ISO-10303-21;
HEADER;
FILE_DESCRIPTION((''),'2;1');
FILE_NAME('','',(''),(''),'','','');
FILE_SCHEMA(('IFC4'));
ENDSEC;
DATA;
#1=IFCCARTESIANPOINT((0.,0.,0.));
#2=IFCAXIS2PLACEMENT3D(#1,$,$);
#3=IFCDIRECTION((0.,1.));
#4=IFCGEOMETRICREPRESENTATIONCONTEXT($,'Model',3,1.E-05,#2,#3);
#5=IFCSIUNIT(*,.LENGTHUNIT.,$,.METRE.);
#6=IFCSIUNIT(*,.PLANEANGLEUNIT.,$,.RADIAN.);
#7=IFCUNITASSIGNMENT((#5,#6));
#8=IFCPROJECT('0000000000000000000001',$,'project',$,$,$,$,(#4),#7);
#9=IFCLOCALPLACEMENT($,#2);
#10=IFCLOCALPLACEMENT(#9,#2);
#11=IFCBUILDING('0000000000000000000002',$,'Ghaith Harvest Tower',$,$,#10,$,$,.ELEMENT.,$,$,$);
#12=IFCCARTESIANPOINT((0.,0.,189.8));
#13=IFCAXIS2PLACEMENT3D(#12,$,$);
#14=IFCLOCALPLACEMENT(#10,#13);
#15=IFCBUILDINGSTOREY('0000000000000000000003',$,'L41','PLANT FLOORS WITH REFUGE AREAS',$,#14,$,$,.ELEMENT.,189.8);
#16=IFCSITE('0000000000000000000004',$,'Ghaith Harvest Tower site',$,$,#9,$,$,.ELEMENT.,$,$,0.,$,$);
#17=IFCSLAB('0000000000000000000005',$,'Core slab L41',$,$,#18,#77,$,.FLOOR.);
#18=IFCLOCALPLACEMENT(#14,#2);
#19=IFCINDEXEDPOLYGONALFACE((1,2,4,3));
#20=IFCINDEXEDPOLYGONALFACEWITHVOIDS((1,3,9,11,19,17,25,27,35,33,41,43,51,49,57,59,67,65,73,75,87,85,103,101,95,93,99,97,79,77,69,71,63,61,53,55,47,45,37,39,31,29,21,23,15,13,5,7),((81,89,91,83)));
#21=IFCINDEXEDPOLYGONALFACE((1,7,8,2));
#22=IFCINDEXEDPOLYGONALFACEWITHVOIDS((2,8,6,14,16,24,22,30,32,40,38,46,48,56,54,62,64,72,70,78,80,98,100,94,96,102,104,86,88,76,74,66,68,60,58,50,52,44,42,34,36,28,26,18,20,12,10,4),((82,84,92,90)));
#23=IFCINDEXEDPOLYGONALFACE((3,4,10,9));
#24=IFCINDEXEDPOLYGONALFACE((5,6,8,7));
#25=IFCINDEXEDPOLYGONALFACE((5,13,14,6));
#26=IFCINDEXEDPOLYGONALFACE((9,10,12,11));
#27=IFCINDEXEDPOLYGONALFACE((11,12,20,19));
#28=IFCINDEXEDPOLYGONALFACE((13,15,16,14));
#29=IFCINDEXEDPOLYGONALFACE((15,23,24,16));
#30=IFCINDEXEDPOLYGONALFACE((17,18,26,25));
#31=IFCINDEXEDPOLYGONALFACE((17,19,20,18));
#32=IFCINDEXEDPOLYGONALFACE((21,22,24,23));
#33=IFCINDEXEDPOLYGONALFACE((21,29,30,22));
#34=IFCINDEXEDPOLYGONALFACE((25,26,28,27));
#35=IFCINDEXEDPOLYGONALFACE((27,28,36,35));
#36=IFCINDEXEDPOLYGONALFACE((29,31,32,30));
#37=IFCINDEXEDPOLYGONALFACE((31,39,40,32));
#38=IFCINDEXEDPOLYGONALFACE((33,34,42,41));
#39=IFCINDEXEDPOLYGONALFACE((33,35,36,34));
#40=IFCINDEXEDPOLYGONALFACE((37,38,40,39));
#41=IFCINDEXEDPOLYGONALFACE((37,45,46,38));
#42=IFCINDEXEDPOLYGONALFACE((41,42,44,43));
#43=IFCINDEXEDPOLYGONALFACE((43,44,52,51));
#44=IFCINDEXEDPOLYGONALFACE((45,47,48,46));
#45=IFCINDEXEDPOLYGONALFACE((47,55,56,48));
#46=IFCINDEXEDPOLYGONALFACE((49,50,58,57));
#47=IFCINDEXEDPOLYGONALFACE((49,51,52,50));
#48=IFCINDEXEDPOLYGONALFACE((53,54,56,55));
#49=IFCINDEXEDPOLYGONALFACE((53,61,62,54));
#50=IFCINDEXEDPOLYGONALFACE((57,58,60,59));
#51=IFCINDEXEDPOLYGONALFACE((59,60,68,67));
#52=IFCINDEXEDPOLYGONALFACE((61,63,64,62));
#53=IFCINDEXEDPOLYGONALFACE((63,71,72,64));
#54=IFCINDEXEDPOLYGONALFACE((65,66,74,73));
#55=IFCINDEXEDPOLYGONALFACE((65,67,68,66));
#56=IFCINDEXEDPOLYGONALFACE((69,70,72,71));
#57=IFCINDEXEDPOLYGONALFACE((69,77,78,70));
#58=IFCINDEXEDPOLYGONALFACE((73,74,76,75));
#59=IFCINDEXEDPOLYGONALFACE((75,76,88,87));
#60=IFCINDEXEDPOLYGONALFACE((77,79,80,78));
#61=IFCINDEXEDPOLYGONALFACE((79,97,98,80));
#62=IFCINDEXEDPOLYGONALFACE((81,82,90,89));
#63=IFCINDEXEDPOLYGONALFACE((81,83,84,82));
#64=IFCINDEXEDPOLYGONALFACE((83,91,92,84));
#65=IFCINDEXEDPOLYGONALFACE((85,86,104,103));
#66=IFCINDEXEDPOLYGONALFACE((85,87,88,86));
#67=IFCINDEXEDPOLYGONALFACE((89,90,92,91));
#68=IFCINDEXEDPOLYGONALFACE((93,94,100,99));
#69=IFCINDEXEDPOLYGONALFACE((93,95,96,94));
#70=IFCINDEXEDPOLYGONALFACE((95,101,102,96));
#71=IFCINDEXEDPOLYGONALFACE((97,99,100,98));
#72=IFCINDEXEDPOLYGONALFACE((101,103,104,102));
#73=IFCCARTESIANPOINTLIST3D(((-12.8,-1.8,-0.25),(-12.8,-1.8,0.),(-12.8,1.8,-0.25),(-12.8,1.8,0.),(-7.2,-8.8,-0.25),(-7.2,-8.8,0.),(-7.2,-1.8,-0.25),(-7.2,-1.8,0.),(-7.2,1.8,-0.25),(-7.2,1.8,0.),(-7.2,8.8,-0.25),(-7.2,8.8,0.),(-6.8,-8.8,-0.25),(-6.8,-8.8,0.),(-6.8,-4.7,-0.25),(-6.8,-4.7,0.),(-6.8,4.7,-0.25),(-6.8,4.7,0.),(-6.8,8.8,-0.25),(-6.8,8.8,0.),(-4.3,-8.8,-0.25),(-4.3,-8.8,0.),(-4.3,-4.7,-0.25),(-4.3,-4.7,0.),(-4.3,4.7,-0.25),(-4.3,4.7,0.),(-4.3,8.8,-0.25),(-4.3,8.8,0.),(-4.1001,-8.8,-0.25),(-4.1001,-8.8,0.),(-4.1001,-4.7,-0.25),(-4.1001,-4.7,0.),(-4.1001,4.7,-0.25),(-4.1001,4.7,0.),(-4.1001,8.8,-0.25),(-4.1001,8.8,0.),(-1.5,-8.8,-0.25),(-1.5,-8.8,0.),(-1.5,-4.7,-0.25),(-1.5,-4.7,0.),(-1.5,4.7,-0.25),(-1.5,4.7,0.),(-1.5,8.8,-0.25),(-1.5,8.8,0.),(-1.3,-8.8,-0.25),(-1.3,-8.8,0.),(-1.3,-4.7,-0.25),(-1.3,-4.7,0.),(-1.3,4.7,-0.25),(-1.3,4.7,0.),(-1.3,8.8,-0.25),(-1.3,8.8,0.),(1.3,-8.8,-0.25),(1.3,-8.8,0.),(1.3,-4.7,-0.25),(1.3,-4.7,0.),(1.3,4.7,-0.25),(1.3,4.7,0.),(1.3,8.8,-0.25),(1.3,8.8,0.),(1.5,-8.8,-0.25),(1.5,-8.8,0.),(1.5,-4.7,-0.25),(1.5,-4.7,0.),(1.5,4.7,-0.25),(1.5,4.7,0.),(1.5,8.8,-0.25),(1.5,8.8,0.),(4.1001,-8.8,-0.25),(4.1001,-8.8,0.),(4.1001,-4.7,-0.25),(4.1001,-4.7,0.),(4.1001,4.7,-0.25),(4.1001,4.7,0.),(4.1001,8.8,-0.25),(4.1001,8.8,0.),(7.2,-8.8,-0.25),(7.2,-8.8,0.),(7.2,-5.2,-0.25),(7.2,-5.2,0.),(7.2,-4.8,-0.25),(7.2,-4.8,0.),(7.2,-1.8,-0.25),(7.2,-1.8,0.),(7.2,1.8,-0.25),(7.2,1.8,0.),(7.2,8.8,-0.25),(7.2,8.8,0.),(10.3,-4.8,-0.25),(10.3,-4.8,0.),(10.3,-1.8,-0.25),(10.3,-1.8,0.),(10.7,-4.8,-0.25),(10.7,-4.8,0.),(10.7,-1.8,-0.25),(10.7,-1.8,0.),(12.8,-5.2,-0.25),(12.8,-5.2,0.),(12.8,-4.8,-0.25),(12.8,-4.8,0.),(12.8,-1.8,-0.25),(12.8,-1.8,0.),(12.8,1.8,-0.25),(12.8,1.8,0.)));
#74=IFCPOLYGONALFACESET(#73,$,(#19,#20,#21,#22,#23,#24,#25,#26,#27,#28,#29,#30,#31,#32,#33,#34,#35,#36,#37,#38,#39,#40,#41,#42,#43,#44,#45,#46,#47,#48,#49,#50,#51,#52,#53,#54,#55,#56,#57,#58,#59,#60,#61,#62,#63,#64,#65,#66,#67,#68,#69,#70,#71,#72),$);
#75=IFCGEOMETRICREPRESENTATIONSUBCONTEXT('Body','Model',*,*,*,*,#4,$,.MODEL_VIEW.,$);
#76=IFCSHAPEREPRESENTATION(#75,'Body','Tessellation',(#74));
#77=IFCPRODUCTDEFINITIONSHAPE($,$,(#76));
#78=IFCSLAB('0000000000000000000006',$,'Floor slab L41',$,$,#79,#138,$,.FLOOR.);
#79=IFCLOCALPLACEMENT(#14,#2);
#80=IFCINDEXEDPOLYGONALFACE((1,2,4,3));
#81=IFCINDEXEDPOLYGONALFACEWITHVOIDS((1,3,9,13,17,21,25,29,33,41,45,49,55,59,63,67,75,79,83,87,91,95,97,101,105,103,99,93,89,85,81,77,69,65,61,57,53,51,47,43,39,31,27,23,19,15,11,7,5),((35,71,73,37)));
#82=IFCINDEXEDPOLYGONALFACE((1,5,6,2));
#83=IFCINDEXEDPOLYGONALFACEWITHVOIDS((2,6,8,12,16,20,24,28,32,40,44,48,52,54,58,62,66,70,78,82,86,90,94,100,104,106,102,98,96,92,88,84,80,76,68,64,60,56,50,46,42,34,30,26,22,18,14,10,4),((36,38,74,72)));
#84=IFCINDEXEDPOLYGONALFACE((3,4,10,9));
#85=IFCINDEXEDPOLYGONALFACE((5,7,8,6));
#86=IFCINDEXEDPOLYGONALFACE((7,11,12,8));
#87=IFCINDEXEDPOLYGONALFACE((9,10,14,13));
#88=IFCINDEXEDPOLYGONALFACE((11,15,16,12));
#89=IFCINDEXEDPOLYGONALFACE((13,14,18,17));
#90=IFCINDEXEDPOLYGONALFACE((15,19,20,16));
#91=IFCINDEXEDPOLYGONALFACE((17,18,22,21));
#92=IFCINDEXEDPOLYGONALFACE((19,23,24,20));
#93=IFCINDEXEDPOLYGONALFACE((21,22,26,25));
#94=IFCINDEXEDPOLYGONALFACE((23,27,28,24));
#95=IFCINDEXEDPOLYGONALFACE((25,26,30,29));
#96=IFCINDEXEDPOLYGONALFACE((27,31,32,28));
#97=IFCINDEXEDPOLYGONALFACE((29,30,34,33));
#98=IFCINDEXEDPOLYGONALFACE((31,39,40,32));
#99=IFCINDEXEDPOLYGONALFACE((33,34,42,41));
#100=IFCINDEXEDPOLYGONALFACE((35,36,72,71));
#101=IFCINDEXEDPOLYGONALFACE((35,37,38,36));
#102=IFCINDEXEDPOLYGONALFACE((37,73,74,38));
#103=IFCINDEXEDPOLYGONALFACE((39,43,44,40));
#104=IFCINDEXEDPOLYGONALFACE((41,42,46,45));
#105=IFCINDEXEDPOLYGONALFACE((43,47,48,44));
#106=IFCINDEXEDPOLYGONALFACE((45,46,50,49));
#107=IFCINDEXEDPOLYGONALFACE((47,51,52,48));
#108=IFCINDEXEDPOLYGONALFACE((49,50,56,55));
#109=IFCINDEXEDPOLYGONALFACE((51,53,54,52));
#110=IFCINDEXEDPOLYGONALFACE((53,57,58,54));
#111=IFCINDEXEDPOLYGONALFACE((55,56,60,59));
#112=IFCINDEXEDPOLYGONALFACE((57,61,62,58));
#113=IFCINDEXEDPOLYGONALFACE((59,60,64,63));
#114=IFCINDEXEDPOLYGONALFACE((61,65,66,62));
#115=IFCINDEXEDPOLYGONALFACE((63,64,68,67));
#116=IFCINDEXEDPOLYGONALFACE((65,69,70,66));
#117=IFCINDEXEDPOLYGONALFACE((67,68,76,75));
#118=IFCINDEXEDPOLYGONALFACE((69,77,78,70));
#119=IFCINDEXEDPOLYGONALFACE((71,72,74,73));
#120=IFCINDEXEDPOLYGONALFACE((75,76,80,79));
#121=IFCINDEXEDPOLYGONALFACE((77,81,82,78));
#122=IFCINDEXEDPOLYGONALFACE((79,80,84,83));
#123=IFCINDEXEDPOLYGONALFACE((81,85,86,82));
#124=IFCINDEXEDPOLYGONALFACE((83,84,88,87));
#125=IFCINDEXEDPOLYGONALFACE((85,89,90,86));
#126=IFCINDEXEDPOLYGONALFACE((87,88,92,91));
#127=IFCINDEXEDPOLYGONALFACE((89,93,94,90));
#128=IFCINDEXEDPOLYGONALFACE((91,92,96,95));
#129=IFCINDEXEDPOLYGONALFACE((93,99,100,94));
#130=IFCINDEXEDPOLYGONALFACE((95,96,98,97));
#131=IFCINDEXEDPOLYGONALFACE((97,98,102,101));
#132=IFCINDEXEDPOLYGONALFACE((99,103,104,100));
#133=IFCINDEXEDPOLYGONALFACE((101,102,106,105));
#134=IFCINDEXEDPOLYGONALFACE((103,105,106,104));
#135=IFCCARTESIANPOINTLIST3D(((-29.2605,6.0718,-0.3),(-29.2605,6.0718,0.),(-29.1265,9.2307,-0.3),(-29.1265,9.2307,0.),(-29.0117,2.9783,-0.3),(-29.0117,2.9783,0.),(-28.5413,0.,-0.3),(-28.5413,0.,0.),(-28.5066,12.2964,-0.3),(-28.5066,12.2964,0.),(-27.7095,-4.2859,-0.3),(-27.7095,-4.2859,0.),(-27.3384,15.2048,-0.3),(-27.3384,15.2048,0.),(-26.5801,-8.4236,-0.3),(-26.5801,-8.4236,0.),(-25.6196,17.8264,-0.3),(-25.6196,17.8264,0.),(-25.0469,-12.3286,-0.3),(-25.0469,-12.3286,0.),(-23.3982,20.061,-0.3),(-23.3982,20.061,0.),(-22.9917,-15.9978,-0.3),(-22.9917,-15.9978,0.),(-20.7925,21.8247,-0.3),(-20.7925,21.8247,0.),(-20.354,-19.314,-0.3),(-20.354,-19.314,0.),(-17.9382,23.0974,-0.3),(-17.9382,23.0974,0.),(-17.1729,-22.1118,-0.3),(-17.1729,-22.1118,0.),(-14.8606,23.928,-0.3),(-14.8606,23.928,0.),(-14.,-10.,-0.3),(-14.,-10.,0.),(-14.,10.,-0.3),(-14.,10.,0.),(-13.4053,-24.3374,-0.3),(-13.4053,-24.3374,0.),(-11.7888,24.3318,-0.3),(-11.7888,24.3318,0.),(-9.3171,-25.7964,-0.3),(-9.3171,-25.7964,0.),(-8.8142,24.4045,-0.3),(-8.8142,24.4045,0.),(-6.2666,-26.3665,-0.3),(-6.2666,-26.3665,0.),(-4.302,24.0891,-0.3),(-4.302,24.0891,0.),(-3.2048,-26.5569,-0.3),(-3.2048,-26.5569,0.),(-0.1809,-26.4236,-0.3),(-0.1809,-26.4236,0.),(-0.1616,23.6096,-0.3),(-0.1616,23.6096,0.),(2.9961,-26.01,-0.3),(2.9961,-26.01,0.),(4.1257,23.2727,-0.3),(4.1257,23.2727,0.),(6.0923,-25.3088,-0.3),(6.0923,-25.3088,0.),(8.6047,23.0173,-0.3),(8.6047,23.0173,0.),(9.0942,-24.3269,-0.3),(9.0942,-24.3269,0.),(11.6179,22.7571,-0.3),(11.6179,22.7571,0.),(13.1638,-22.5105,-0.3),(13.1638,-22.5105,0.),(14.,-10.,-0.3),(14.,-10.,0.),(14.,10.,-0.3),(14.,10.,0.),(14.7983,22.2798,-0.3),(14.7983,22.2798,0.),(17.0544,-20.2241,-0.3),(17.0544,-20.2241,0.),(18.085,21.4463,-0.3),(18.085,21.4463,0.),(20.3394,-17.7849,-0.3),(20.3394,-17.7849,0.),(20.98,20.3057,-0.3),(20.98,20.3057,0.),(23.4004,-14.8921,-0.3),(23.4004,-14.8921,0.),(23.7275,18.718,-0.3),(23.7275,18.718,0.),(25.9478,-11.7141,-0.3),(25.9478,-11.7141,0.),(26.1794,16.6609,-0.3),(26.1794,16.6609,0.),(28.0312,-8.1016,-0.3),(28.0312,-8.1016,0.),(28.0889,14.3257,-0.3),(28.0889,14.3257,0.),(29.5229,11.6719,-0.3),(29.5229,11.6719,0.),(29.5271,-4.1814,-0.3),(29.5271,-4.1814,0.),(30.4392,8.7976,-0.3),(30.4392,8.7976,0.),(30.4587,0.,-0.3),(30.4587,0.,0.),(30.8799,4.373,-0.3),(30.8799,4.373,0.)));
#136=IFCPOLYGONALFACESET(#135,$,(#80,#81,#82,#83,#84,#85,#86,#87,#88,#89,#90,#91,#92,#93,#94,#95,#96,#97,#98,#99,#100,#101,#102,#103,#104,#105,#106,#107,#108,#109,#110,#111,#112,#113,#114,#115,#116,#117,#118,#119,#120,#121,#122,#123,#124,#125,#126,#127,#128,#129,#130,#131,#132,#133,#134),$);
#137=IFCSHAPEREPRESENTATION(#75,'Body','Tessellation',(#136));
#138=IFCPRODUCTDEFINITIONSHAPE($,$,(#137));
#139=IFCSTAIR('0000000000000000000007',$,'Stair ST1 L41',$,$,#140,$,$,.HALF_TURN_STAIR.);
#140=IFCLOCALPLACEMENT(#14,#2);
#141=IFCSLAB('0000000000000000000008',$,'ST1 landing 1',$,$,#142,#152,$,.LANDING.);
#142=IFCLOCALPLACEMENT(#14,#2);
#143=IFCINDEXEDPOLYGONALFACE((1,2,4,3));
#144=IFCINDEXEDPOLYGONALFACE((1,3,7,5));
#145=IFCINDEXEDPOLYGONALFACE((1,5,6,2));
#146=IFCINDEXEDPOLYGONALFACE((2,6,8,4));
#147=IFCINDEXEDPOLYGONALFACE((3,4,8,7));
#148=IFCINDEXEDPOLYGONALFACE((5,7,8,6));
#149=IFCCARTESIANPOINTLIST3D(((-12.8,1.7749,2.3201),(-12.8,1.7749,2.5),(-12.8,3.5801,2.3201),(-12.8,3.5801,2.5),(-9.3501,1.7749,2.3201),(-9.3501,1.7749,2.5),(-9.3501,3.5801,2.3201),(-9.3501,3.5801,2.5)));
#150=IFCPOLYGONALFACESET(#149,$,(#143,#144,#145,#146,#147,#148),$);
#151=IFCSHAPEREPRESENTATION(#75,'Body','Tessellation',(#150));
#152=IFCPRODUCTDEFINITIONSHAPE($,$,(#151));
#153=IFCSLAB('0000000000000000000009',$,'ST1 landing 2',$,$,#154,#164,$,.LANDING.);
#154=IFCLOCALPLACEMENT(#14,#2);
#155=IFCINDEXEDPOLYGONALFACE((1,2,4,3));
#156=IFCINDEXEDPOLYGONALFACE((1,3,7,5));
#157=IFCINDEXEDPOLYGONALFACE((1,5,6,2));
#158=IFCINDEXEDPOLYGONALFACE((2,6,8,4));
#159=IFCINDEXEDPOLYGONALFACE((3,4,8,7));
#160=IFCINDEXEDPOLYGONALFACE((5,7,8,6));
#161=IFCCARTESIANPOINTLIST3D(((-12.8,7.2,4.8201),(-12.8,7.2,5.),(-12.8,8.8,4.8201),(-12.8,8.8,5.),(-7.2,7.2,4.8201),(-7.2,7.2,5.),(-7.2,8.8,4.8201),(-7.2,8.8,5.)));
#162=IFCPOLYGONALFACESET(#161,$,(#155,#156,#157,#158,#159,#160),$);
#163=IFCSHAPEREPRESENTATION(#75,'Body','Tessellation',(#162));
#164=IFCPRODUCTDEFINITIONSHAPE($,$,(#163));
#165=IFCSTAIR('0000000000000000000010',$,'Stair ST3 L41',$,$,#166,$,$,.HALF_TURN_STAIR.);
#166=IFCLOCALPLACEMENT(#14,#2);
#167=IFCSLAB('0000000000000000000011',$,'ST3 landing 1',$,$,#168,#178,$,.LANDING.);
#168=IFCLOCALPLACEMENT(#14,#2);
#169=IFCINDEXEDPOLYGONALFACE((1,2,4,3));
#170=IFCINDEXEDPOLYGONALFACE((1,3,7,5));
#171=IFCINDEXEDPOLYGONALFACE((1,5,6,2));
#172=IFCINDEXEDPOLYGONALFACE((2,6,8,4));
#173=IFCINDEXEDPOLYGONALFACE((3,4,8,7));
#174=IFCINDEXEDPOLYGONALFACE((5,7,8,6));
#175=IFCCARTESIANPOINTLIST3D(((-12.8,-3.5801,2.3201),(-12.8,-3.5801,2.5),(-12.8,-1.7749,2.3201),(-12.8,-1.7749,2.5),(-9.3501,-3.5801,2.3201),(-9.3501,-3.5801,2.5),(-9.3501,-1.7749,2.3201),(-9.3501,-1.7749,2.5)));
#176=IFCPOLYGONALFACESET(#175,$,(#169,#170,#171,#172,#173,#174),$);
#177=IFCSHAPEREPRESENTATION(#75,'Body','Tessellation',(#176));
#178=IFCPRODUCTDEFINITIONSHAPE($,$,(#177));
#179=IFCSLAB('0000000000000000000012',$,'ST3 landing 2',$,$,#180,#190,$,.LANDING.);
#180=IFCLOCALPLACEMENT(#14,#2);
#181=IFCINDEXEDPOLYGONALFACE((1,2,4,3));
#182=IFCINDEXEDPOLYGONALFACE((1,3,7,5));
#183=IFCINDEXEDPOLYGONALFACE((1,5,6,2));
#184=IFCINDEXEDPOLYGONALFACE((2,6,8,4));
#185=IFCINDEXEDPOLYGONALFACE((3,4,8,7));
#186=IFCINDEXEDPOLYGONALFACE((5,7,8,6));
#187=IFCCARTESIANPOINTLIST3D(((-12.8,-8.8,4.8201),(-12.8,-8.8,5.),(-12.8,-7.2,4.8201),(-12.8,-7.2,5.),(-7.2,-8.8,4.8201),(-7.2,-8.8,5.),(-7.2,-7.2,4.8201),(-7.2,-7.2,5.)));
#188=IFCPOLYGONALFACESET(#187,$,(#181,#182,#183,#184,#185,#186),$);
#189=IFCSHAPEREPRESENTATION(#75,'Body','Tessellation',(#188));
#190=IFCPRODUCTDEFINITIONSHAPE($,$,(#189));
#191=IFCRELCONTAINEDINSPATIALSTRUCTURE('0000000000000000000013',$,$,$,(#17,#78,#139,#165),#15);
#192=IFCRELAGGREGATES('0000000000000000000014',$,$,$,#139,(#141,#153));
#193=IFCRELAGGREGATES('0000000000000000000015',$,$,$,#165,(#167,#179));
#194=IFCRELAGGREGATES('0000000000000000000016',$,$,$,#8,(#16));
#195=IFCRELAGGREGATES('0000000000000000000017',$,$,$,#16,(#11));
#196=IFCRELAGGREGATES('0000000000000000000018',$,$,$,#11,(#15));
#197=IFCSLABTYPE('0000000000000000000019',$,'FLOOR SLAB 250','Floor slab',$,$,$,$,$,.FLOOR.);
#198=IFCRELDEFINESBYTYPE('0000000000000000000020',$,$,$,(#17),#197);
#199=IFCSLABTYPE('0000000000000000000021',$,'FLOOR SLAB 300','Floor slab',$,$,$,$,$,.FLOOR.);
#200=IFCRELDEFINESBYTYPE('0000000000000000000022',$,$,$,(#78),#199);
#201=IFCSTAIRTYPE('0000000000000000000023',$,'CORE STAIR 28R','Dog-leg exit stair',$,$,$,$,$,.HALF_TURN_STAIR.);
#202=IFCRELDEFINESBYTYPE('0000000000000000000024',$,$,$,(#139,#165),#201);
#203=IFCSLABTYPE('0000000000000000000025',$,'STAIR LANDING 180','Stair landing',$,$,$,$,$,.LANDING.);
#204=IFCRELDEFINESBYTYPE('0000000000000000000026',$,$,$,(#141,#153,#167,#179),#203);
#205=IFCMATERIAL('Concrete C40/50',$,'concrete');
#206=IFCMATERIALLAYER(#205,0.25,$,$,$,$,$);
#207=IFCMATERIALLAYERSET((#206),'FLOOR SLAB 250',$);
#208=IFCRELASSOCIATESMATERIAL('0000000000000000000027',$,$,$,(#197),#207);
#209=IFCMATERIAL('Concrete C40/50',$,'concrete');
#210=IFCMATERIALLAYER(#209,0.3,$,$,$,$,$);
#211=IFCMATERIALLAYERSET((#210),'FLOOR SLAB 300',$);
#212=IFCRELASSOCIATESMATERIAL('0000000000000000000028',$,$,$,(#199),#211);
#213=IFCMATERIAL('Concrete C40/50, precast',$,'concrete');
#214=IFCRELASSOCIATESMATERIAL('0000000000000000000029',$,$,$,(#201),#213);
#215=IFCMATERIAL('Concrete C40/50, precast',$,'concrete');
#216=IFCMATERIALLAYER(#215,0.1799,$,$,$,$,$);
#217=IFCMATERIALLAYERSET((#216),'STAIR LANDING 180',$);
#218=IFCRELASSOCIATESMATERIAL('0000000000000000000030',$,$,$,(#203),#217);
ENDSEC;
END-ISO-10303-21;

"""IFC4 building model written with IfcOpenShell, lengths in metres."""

from ifc_helpers import new_model, si_unit, direction, frame, origin, place, context, subcontext, project, spatial, polyline, outline, extrude, material, layer, layer_set, type_object, element, aggregate, save


model = new_model("IFC4")

# Units and contexts
model_context = context("Model", 3, precision=1e-05, world=origin(), true_north=direction((0.0, 1.0)))
body_context = subcontext(model_context, "Body", "Model", "MODEL_VIEW")
ifc_project = project(units=[si_unit("LENGTHUNIT", "METRE"), si_unit("PLANEANGLEUNIT", "RADIAN")], contexts=[model_context])

# Site, building, storey
site_placement = place(None, origin())
site = spatial("IfcSite", under=ifc_project, at=site_placement, Name="Ghaith Harvest Tower site", CompositionType="ELEMENT", RefElevation=0.0)
building_placement = place(site_placement, origin())
building = spatial("IfcBuilding", under=site, at=building_placement, Name="Ghaith Harvest Tower", CompositionType="ELEMENT")
storey_placement = place(building_placement, frame((0.0, 0.0, 189.8)))
storey = spatial("IfcBuildingStorey", under=building, at=storey_placement, Name="L41", Description="PLANT FLOORS WITH REFUGE AREAS", CompositionType="ELEMENT", Elevation=189.8)

# Slabs
ifc_material_1 = material(Name="Concrete C40/50", Category="concrete")
ifc_layer_1 = layer(ifc_material_1, 0.25)
ifc_layer_set_1 = layer_set([ifc_layer_1], Name="FLOOR SLAB 250")
slab_type_1 = type_object("IfcSlabType", Name="FLOOR SLAB 250", Description="Floor slab", PredefinedType="FLOOR", material=ifc_layer_set_1)
slab_1_placement = place(storey_placement, frame((0.0, 0.0, -0.25)))
element("IfcSlab", 1, at=slab_1_placement, inside=storey, type_object=slab_type_1, Name="Core slab L41", PredefinedType="FLOOR", context=body_context, shape_type="SweptSolid", body=[
    extrude(outline(polyline([(-12.8, 1.8), (-7.2, 1.8), (-7.2, 8.8), (-6.8, 8.8), (-6.8, 4.7), (-4.3, 4.7), (-4.3, 8.8), (-4.1001, 8.8), (-4.1001, 4.7), (-1.5, 4.7), (-1.5, 8.8), (-1.3, 8.8), (-1.3, 4.7), (1.3, 4.7), (1.3, 8.8), (1.5, 8.8), (1.5, 4.7), (4.1001, 4.7), (4.1001, 8.8), (7.2, 8.8), (7.2, 1.8), (12.8, 1.8), (12.8, -1.8), (10.7, -1.8), (10.7, -4.8), (12.8, -4.8), (12.8, -5.2), (7.2, -5.2), (7.2, -8.8), (4.1001, -8.8), (4.1001, -4.7), (1.5, -4.7), (1.5, -8.8), (1.3, -8.8), (1.3, -4.7), (-1.3, -4.7), (-1.3, -8.8), (-1.5, -8.8), (-1.5, -4.7), (-4.1001, -4.7), (-4.1001, -8.8), (-4.3, -8.8), (-4.3, -4.7), (-6.8, -4.7), (-6.8, -8.8), (-7.2, -8.8), (-7.2, -1.8), (-12.8, -1.8), (-12.8, 1.8)]), holes=[polyline([(10.3, -4.8), (10.3, -1.8), (7.2, -1.8), (7.2, -4.8), (10.3, -4.8)])]), origin(), (0.0, 0.0, 1.0), 0.25),
])
ifc_material_2 = material(Name="Concrete C40/50", Category="concrete")
ifc_layer_2 = layer(ifc_material_2, 0.3)
ifc_layer_set_2 = layer_set([ifc_layer_2], Name="FLOOR SLAB 300")
slab_type_2 = type_object("IfcSlabType", Name="FLOOR SLAB 300", Description="Floor slab", PredefinedType="FLOOR", material=ifc_layer_set_2)
slab_2_placement = place(storey_placement, frame((0.0, 0.0, -0.3)))
element("IfcSlab", 2, at=slab_2_placement, inside=storey, type_object=slab_type_2, Name="Floor slab L41", PredefinedType="FLOOR", context=body_context, shape_type="SweptSolid", body=[
    extrude(outline(polyline([(30.4587, 0.0), (30.8799, 4.373), (30.4392, 8.7976), (29.5229, 11.6719), (28.0889, 14.3257), (26.1794, 16.6609), (23.7275, 18.718), (20.98, 20.3057), (18.085, 21.4463), (14.7983, 22.2798), (11.6179, 22.7571), (8.6047, 23.0173), (4.1257, 23.2727), (-0.1616, 23.6096), (-4.302, 24.0891), (-8.8142, 24.4045), (-11.7888, 24.3318), (-14.8606, 23.928), (-17.9382, 23.0974), (-20.7925, 21.8247), (-23.3982, 20.061), (-25.6196, 17.8264), (-27.3384, 15.2048), (-28.5066, 12.2964), (-29.1265, 9.2307), (-29.2605, 6.0718), (-29.0117, 2.9783), (-28.5413, 0.0), (-27.7095, -4.2859), (-26.5801, -8.4236), (-25.0469, -12.3286), (-22.9917, -15.9978), (-20.354, -19.314), (-17.1729, -22.1118), (-13.4053, -24.3374), (-9.3171, -25.7964), (-6.2666, -26.3665), (-3.2048, -26.5569), (-0.1809, -26.4236), (2.9961, -26.01), (6.0923, -25.3088), (9.0942, -24.3269), (13.1638, -22.5105), (17.0544, -20.2241), (20.3394, -17.7849), (23.4004, -14.8921), (25.9478, -11.7141), (28.0312, -8.1016), (29.5271, -4.1814), (30.4587, 0.0)]), holes=[polyline([(-14.0, -10.0), (14.0, -10.0), (14.0, 10.0), (-14.0, 10.0), (-14.0, -10.0)])]), origin(), (0.0, 0.0, 1.0), 0.3),
])

# Stairs, slabs
ifc_material_3 = material(Name="Concrete C40/50, precast", Category="concrete")
stair_type = type_object("IfcStairType", Name="CORE STAIR 28R", Description="Dog-leg exit stair", PredefinedType="HALF_TURN_STAIR", material=ifc_material_3)
stair_1_placement = place(storey_placement, origin())
stair_1 = element("IfcStair", 3, at=stair_1_placement, inside=storey, type_object=stair_type, Name="Stair ST1 L41", PredefinedType="HALF_TURN_STAIR")
ifc_material_4 = material(Name="Concrete C40/50, precast", Category="concrete")
ifc_layer_3 = layer(ifc_material_4, 0.1799)
ifc_layer_set_3 = layer_set([ifc_layer_3], Name="STAIR LANDING 180")
slab_type_3 = type_object("IfcSlabType", Name="STAIR LANDING 180", Description="Stair landing", PredefinedType="LANDING", material=ifc_layer_set_3)
slab_3_placement = place(storey_placement, frame((0.0, 0.0, 2.3201)))
slab_3 = element("IfcSlab", 4, at=slab_3_placement, type_object=slab_type_3, Name="ST1 landing 1", PredefinedType="LANDING", context=body_context, shape_type="SweptSolid", body=[
    extrude(outline(polyline([(-12.8, 3.5801), (-12.8, 1.7749), (-9.3501, 1.7749), (-9.3501, 3.5801), (-12.8, 3.5801)])), origin(), (0.0, 0.0, 1.0), 0.1799),
])
slab_4_placement = place(storey_placement, frame((0.0, 0.0, 4.8201)))
slab_4 = element("IfcSlab", 5, at=slab_4_placement, type_object=slab_type_3, Name="ST1 landing 2", PredefinedType="LANDING", context=body_context, shape_type="SweptSolid", body=[
    extrude(outline(polyline([(-12.8, 8.8), (-12.8, 7.2), (-7.2, 7.2), (-7.2, 8.8), (-12.8, 8.8)])), origin(), (0.0, 0.0, 1.0), 0.1799),
])
aggregate(stair_1, [slab_3, slab_4])
stair_2_placement = place(storey_placement, origin())
stair_2 = element("IfcStair", 6, at=stair_2_placement, inside=storey, type_object=stair_type, Name="Stair ST3 L41", PredefinedType="HALF_TURN_STAIR")
slab_5_placement = place(storey_placement, frame((0.0, 0.0, 2.3201)))
slab_5 = element("IfcSlab", 7, at=slab_5_placement, type_object=slab_type_3, Name="ST3 landing 1", PredefinedType="LANDING", context=body_context, shape_type="SweptSolid", body=[
    extrude(outline(polyline([(-12.8, -3.5801), (-12.8, -1.7749), (-9.3501, -1.7749), (-9.3501, -3.5801), (-12.8, -3.5801)])), origin(), (0.0, 0.0, 1.0), 0.1799),
])
slab_6_placement = place(storey_placement, frame((0.0, 0.0, 4.8201)))
slab_6 = element("IfcSlab", 8, at=slab_6_placement, type_object=slab_type_3, Name="ST3 landing 2", PredefinedType="LANDING", context=body_context, shape_type="SweptSolid", body=[
    extrude(outline(polyline([(-12.8, -8.8), (-12.8, -7.2), (-7.2, -7.2), (-7.2, -8.8), (-12.8, -8.8)])), origin(), (0.0, 0.0, 1.0), 0.1799),
])
aggregate(stair_2, [slab_5, slab_6])

save(model, "model.ifc")
